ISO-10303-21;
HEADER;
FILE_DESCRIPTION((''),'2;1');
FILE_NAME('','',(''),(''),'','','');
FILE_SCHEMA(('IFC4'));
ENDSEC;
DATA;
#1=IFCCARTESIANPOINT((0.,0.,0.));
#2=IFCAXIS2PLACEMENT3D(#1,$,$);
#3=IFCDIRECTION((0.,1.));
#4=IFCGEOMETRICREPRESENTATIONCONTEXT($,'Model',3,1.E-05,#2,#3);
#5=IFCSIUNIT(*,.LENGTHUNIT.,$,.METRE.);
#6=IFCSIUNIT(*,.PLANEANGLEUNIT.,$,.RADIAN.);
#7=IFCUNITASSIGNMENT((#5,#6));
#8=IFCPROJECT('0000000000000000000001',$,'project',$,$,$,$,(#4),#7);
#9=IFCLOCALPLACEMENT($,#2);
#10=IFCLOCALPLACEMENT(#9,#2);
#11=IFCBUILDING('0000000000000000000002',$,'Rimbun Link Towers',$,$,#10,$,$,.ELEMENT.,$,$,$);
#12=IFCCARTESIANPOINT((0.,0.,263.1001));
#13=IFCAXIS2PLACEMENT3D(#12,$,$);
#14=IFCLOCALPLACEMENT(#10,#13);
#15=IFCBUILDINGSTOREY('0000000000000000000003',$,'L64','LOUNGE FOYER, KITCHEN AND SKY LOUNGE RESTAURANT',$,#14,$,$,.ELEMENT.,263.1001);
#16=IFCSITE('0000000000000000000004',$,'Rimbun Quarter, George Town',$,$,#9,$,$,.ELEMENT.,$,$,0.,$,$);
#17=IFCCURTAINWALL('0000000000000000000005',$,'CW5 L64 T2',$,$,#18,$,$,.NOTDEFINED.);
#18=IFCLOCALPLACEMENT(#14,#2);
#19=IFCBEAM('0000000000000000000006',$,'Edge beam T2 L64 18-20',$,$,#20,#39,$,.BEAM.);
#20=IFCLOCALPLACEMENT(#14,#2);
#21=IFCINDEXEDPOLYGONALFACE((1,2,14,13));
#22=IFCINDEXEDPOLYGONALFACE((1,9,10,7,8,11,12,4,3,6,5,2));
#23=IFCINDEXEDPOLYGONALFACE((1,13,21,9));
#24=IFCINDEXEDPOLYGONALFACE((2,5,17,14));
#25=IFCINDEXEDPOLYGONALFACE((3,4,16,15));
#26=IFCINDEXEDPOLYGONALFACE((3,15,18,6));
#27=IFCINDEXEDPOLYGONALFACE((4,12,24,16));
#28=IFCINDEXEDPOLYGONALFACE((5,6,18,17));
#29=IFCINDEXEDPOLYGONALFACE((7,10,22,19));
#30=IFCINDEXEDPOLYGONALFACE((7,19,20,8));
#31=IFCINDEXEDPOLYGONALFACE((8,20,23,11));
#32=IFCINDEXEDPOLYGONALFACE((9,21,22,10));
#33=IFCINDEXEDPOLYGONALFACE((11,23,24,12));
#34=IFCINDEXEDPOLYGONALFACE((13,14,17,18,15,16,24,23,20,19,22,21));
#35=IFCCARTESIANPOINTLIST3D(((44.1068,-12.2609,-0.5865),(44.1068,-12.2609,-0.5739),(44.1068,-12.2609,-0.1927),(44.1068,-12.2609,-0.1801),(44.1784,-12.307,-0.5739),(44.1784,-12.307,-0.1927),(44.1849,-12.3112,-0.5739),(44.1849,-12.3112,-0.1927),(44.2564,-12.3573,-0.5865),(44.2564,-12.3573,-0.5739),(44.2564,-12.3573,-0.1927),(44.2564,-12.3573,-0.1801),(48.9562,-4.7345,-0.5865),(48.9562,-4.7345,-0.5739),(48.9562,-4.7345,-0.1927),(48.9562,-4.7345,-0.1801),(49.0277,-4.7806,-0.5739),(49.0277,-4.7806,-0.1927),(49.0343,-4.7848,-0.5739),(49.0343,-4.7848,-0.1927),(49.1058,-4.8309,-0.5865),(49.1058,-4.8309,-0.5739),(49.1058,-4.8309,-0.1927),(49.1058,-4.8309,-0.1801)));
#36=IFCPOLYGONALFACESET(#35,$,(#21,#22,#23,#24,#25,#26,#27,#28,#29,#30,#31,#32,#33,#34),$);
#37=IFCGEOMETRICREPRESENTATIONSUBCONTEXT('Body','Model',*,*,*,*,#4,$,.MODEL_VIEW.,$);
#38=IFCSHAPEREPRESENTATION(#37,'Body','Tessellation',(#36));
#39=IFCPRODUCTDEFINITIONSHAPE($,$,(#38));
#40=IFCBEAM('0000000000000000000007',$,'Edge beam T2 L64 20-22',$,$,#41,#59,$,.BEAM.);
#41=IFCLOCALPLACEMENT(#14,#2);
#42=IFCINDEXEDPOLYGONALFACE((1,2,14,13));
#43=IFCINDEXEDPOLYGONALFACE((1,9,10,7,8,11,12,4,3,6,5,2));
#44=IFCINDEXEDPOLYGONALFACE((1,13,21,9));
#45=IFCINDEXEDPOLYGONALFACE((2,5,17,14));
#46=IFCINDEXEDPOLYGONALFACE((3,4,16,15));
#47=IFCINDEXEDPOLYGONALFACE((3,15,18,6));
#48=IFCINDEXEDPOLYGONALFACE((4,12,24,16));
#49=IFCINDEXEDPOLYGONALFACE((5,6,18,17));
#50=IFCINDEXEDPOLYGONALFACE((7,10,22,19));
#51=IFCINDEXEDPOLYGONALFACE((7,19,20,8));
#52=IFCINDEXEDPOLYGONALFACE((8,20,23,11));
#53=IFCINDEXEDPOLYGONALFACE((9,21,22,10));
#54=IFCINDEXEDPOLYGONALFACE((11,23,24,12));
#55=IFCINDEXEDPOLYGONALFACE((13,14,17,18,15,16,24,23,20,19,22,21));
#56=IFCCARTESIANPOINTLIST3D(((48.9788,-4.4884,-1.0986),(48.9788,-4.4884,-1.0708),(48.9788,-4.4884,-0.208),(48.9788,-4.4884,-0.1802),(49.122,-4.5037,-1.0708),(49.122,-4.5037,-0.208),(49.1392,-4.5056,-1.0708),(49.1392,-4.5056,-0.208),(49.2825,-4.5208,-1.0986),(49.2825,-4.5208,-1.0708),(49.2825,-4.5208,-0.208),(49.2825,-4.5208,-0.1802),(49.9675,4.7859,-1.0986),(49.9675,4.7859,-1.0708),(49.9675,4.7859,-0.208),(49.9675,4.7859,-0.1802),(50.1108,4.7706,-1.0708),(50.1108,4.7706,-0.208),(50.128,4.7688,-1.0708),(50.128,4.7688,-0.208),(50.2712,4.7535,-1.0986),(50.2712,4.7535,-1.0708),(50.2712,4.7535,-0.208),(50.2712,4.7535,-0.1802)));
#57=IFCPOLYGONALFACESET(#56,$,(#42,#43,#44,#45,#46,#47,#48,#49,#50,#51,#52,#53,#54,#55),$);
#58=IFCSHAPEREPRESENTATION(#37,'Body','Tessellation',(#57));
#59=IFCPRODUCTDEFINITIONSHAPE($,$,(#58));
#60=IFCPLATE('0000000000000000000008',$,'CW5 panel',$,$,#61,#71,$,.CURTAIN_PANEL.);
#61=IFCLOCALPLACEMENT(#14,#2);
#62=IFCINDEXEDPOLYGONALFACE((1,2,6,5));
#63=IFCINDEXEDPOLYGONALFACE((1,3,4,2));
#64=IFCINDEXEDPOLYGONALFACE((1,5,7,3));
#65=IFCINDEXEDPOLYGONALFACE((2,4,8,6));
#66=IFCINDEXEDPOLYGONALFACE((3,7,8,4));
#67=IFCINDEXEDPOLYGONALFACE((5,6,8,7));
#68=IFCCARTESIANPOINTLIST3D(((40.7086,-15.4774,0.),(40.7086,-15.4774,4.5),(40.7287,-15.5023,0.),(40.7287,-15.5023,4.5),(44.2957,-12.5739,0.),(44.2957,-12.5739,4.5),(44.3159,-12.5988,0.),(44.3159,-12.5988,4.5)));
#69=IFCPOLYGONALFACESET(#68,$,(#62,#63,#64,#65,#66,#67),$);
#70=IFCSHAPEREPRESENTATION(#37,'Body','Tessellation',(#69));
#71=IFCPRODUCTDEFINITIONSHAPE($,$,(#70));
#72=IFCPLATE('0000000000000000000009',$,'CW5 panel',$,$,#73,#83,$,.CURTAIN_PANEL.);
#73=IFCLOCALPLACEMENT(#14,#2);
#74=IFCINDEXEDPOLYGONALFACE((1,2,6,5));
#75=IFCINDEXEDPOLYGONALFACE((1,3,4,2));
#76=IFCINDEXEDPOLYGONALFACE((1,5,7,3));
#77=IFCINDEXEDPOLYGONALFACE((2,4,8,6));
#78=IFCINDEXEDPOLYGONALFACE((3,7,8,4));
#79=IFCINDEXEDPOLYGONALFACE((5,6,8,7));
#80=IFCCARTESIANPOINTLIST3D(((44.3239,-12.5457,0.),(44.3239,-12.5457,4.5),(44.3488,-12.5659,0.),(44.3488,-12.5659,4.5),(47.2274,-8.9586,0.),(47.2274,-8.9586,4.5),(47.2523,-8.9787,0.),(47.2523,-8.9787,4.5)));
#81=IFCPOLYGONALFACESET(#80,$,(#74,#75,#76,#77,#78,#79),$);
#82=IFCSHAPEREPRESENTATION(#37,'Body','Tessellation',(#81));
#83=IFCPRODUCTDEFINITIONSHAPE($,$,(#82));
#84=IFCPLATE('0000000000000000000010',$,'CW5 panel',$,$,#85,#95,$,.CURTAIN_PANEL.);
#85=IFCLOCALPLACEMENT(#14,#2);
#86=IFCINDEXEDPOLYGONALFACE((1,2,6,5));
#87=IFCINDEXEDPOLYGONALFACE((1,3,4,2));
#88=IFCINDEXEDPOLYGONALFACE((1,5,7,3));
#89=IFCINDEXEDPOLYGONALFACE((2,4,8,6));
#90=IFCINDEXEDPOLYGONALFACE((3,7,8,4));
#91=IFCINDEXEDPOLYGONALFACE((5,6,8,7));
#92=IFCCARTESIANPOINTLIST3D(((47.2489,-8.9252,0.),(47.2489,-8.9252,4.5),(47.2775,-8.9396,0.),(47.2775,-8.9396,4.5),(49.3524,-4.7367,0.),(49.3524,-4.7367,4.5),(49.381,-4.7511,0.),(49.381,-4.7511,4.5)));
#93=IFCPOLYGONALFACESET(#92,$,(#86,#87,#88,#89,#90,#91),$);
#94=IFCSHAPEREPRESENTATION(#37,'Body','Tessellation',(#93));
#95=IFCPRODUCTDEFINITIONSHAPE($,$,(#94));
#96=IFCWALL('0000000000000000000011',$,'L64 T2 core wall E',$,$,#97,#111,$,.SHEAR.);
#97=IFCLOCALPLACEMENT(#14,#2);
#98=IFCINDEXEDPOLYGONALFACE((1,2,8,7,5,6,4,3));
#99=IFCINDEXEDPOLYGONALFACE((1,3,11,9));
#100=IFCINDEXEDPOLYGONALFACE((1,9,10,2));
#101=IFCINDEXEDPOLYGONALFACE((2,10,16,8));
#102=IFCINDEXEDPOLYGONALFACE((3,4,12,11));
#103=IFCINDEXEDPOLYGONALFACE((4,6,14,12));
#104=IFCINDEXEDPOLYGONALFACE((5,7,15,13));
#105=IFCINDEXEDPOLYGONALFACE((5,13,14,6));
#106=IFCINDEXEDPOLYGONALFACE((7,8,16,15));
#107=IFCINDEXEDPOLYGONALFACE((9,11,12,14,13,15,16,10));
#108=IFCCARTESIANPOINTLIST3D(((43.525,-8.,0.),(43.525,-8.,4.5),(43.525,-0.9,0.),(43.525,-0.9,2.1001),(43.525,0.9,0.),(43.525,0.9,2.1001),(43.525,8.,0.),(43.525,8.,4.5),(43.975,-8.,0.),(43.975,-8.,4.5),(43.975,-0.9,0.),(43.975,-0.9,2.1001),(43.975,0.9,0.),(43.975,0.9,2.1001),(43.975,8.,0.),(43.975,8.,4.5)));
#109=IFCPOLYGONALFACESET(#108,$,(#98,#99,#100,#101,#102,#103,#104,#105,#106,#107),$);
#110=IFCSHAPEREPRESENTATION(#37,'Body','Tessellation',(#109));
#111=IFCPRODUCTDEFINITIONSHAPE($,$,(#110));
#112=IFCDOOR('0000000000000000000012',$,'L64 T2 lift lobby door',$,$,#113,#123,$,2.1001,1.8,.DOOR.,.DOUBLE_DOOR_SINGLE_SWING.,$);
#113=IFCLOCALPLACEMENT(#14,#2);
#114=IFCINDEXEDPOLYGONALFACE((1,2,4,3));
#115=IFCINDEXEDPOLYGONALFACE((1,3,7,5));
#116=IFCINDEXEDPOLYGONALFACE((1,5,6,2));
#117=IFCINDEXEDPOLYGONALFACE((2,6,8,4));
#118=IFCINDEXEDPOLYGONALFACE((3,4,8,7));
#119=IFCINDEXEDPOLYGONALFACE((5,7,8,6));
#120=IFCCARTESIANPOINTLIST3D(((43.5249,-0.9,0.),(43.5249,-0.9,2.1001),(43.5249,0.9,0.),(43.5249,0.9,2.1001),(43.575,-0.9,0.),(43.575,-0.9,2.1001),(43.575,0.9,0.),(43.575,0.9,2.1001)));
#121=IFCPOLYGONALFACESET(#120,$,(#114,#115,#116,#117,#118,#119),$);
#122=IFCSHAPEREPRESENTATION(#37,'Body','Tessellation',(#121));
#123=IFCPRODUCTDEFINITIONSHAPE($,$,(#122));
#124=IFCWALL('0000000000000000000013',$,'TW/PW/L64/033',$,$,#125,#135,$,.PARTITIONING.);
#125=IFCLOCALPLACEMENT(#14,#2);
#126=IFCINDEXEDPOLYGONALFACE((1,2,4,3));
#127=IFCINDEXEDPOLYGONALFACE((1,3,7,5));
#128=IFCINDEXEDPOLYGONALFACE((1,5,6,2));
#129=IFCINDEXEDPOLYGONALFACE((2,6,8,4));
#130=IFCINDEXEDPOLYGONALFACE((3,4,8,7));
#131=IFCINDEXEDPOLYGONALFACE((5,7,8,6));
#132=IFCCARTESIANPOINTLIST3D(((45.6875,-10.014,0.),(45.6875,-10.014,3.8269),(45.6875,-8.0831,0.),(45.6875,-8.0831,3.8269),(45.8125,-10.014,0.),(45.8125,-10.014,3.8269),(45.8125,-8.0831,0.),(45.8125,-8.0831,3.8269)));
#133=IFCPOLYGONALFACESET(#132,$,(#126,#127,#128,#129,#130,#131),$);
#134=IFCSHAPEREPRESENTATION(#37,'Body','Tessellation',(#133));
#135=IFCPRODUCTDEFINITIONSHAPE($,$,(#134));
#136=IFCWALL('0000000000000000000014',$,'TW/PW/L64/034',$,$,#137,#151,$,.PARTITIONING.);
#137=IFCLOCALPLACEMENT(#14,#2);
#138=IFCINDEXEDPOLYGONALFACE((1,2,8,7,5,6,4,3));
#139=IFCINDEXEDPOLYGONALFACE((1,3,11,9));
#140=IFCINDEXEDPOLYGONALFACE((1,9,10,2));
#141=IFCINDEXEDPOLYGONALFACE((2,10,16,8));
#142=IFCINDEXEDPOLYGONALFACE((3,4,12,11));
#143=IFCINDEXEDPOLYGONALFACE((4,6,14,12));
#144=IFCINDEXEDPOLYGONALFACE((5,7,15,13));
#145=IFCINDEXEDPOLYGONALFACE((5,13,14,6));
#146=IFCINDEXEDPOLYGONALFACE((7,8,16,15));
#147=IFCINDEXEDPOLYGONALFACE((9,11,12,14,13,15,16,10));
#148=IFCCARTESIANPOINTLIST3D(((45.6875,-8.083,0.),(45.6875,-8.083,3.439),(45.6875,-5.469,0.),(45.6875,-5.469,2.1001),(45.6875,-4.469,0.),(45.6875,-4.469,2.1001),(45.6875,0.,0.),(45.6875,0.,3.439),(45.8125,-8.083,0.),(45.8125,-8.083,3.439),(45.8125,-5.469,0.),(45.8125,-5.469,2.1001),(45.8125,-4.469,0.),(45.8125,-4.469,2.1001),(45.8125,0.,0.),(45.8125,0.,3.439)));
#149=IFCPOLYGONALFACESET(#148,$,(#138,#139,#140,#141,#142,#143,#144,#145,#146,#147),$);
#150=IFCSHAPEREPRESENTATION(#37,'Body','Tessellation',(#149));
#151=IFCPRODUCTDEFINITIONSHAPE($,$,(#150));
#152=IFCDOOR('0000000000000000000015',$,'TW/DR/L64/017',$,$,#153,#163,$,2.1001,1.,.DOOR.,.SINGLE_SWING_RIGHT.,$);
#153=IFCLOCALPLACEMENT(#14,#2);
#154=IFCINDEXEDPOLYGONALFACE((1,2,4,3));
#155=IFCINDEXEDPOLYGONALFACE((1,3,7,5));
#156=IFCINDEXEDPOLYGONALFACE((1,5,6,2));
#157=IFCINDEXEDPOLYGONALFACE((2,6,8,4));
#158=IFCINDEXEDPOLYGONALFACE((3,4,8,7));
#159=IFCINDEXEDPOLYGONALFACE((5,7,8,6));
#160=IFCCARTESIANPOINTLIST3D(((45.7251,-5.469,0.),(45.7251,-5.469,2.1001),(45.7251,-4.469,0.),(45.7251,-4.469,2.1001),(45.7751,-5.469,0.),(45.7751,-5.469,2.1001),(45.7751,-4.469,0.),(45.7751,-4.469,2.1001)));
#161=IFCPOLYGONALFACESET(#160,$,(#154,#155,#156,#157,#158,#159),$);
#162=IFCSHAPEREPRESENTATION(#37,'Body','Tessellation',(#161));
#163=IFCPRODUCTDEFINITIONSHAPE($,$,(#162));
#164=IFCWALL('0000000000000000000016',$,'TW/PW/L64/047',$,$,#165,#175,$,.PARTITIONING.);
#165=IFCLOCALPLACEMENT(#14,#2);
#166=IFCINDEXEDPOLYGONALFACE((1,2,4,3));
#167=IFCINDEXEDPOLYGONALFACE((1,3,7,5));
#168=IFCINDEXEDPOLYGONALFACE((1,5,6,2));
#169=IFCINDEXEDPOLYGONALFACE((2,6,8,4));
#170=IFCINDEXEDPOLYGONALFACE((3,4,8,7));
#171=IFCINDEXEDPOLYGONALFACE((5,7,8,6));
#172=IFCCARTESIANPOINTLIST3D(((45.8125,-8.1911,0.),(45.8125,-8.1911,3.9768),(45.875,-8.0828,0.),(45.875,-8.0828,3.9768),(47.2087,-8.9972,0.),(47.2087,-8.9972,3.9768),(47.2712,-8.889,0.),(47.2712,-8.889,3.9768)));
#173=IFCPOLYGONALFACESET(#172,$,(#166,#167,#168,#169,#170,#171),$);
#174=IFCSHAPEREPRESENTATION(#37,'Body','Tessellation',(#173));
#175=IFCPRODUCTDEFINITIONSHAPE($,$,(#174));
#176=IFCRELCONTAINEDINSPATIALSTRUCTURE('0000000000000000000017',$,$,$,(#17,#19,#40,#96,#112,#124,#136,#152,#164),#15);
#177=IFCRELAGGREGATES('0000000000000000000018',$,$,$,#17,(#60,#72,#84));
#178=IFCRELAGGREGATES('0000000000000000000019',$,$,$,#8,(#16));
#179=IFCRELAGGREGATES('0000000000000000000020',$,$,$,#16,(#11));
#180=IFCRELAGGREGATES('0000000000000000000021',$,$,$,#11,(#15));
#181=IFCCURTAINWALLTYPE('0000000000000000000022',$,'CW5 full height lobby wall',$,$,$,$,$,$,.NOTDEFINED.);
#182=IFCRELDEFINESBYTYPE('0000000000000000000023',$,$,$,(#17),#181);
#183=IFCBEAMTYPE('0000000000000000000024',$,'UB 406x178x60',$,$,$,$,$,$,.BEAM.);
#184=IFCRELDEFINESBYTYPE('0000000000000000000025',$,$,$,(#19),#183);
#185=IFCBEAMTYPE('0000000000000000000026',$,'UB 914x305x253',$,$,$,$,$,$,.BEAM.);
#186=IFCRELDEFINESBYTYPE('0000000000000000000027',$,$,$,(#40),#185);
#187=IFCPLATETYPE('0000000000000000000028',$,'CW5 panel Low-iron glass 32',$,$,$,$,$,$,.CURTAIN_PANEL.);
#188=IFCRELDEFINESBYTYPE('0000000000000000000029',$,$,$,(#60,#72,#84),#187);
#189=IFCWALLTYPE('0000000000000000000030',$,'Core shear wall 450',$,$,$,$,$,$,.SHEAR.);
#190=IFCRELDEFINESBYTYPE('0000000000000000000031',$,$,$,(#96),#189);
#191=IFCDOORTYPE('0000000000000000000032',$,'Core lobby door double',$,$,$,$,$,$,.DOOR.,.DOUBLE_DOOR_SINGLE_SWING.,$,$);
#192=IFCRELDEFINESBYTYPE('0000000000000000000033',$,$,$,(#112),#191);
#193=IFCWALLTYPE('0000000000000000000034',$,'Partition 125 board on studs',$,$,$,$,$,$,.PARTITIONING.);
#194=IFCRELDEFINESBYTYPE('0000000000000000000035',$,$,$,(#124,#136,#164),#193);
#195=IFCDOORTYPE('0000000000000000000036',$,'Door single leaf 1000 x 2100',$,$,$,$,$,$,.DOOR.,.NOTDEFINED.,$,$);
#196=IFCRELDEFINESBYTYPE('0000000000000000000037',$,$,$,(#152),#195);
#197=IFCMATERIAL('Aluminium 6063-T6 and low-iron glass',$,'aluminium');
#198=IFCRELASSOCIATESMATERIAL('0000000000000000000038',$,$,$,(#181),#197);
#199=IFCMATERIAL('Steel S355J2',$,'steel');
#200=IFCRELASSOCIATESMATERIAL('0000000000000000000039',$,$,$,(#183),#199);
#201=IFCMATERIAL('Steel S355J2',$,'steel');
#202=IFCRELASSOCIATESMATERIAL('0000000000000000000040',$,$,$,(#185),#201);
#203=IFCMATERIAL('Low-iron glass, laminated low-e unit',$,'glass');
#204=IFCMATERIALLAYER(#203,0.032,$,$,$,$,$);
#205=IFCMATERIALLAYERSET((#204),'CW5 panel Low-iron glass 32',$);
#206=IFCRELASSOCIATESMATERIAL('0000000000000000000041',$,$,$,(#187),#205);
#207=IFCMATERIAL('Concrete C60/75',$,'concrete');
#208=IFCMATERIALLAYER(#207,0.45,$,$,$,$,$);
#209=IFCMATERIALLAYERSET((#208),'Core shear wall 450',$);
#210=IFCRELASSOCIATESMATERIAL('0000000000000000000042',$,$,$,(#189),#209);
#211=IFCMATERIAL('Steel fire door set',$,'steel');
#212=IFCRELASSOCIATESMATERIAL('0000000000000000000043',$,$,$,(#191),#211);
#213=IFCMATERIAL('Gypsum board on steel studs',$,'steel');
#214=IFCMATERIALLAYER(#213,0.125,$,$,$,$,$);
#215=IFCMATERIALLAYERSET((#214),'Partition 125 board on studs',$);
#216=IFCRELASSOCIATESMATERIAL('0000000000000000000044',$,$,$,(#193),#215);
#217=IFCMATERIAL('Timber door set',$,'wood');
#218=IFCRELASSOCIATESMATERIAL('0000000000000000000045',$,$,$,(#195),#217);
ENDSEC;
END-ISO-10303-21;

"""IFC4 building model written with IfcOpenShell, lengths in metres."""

from ifc_helpers import new_model, si_unit, direction, frame, frame_2d, origin, origin_2d, place, context, subcontext, project, spatial, rectangle, i_section, extrude, material, layer, layer_set, material_profile, profile_set, type_object, element, fill, aggregate, save


model = new_model("IFC4")

# Units and contexts
model_context = context("Model", 3, precision=1e-05, world=origin(), true_north=direction((0.0, 1.0)))
body_context = subcontext(model_context, "Body", "Model", "MODEL_VIEW")
ifc_project = project(units=[si_unit("LENGTHUNIT", "METRE"), si_unit("PLANEANGLEUNIT", "RADIAN")], contexts=[model_context])

# Site, building, storey
site_placement = place(None, origin())
site = spatial("IfcSite", under=ifc_project, at=site_placement, Name="Rimbun Quarter, George Town", CompositionType="ELEMENT", RefElevation=0.0)
building_placement = place(site_placement, origin())
building = spatial("IfcBuilding", under=site, at=building_placement, Name="Rimbun Link Towers", CompositionType="ELEMENT")
storey_placement = place(building_placement, frame((0.0, 0.0, 263.1001)))
storey = spatial("IfcBuildingStorey", under=building, at=storey_placement, Name="L64", Description="LOUNGE FOYER, KITCHEN AND SKY LOUNGE RESTAURANT", CompositionType="ELEMENT", Elevation=263.1001)

# Curtain wall
ifc_material_1 = material(Name="Aluminium 6063-T6 and low-iron glass", Category="aluminium")
curtain_wall_type = type_object("IfcCurtainWallType", Name="CW5 full height lobby wall", PredefinedType="NOTDEFINED", material=ifc_material_1)
curtain_wall_placement = place(storey_placement, origin())
curtain_wall = element("IfcCurtainWall", 1, at=curtain_wall_placement, inside=storey, type_object=curtain_wall_type, Name="CW5 L64 T2", PredefinedType="NOTDEFINED")

# Beams
ifc_material_2 = material(Name="Steel S355J2", Category="steel")
ifc_material_profile_1 = material_profile(ifc_material_2, i_section(OverallWidth=0.178, OverallDepth=0.4065, WebThickness=0.0078, FlangeThickness=0.0127, at=origin_2d()), Name="UB 406x178x60")
ifc_profile_set_1 = profile_set([ifc_material_profile_1], Name="Steel S355J2")
beam_type_1 = type_object("IfcBeamType", Name="UB 406x178x60", PredefinedType="BEAM", material=ifc_profile_set_1)
beam_1_placement = place(storey_placement, frame((44.1816, -12.3091, -0.3833), z_axis=(0.541626, 0.84062, 0.0), x_axis=(-0.84062, 0.541626, 0.0)))
element("IfcBeam", 2, at=beam_1_placement, inside=storey, type_object=beam_type_1, Name="Edge beam T2 L64 18-20", PredefinedType="BEAM", context=body_context, shape_type="SweptSolid", body=[
    extrude(i_section(OverallWidth=0.178, OverallDepth=0.4065, WebThickness=0.0078, FlangeThickness=0.0127, at=origin_2d()), origin(), (0.0, 0.0, 1.0), 8.9534),
])
ifc_material_3 = material(Name="Steel S355J2", Category="steel")
ifc_material_profile_2 = material_profile(ifc_material_3, i_section(OverallWidth=0.3054, OverallDepth=0.9185, WebThickness=0.0173, FlangeThickness=0.0278, at=origin_2d()), Name="UB 914x305x253")
ifc_profile_set_2 = profile_set([ifc_material_profile_2], Name="Steel S355J2")
beam_type_2 = type_object("IfcBeamType", Name="UB 914x305x253", PredefinedType="BEAM", material=ifc_profile_set_2)
beam_2_placement = place(storey_placement, frame((49.1306, -4.5046, -0.6394), z_axis=(0.106012, 0.994365, 0.0), x_axis=(-0.994365, 0.106012, 0.0)))
element("IfcBeam", 3, at=beam_2_placement, inside=storey, type_object=beam_type_2, Name="Edge beam T2 L64 20-22", PredefinedType="BEAM", context=body_context, shape_type="SweptSolid", body=[
    extrude(i_section(OverallWidth=0.3054, OverallDepth=0.9185, WebThickness=0.0173, FlangeThickness=0.0278, at=origin_2d()), origin(), (0.0, 0.0, 1.0), 9.3269),
])

# Plates
ifc_material_4 = material(Name="Low-iron glass, laminated low-e unit", Category="glass")
ifc_layer_1 = layer(ifc_material_4, 0.032)
ifc_layer_set_1 = layer_set([ifc_layer_1], Name="CW5 panel Low-iron glass 32")
plate_type = type_object("IfcPlateType", Name="CW5 panel Low-iron glass 32", PredefinedType="CURTAIN_PANEL", material=ifc_layer_set_1)
plate_1_placement = place(storey_placement, frame((42.5122, -14.0381, 0.0), z_axis=(0.0, 0.0, 1.0), x_axis=(-0.777289, -0.629144, 0.0)))
plate_1 = element("IfcPlate", 4, at=plate_1_placement, type_object=plate_type, Name="CW5 panel", PredefinedType="CURTAIN_PANEL", context=body_context, shape_type="SweptSolid", body=[
    extrude(rectangle(XDim=4.615, YDim=0.032, at=origin_2d()), origin(), (0.0, 0.0, 1.0), 4.5),
])
plate_2_placement = place(storey_placement, frame((45.7881, -10.7622, 0.0), z_axis=(0.0, 0.0, 1.0), x_axis=(-0.629144, -0.777289, 0.0)))
plate_2 = element("IfcPlate", 5, at=plate_2_placement, type_object=plate_type, Name="CW5 panel", PredefinedType="CURTAIN_PANEL", context=body_context, shape_type="SweptSolid", body=[
    extrude(rectangle(XDim=4.615, YDim=0.032, at=origin_2d()), origin(), (0.0, 0.0, 1.0), 4.5),
])
plate_3_placement = place(storey_placement, frame((48.3149, -6.8381, 0.0), z_axis=(0.0, 0.0, 1.0), x_axis=(-0.448787, -0.893639, 0.0)))
plate_3 = element("IfcPlate", 6, at=plate_3_placement, type_object=plate_type, Name="CW5 panel", PredefinedType="CURTAIN_PANEL", context=body_context, shape_type="SweptSolid", body=[
    extrude(rectangle(XDim=4.687, YDim=0.032, at=origin_2d()), origin(), (0.0, 0.0, 1.0), 4.5),
])
aggregate(curtain_wall, [plate_1, plate_2, plate_3])

# Wall, opening, door
ifc_material_5 = material(Name="Concrete C60/75", Category="concrete")
ifc_layer_2 = layer(ifc_material_5, 0.45)
ifc_layer_set_2 = layer_set([ifc_layer_2], Name="Core shear wall 450")
wall_type_1 = type_object("IfcWallType", Name="Core shear wall 450", PredefinedType="SHEAR", material=ifc_layer_set_2)
wall_1_placement = place(storey_placement, frame((43.75, -8.0, 0.0), z_axis=(0.0, 0.0, 1.0), x_axis=(0.0, 1.0, 0.0)))
wall_1 = element("IfcWall", 7, at=wall_1_placement, inside=storey, type_object=wall_type_1, Name="L64 T2 core wall E", PredefinedType="SHEAR", context=body_context, shape_type="SweptSolid", body=[
    extrude(rectangle(XDim=16.0, YDim=0.45, at=frame_2d((8.0, 0.0))), origin(), (0.0, 0.0, 1.0), 4.5),
])
opening_1_placement = place(wall_1_placement, frame((7.1001, 0.0, 0.0)))
opening_1 = element("IfcOpeningElement", 8, at=opening_1_placement, cuts=wall_1, PredefinedType="OPENING", context=body_context, shape_type="SweptSolid", body=[
    extrude(rectangle(XDim=1.8, YDim=2.1001, at=frame_2d((0.8999, 1.05))), frame((0.0, 0.2349, 0.0), z_axis=(0.0, -1.0, 0.0), x_axis=(1.0, 0.0, 0.0)), (0.0, 0.0, 1.0), 0.47),
])
ifc_material_6 = material(Name="Steel fire door set", Category="steel")
door_type_1 = type_object("IfcDoorType", Name="Core lobby door double", OperationType="DOUBLE_DOOR_SINGLE_SWING", PredefinedType="DOOR", material=ifc_material_6)
door_1_placement = place(opening_1_placement, origin())
door_1 = element("IfcDoor", 9, at=door_1_placement, inside=storey, type_object=door_type_1, Name="L64 T2 lift lobby door", OperationType="DOUBLE_DOOR_SINGLE_SWING", OverallHeight=2.1001, OverallWidth=1.8, PredefinedType="DOOR", context=body_context, shape_type="SweptSolid", body=[
    extrude(rectangle(XDim=1.8, YDim=2.1001, at=frame_2d((0.8999, 1.05))), frame((0.0, 0.2251, 0.0), z_axis=(0.0, -1.0, 0.0), x_axis=(1.0, 0.0, 0.0)), (0.0, 0.0, 1.0), 0.05),
])
fill(opening_1, door_1)

# Wall
ifc_material_7 = material(Name="Gypsum board on steel studs", Category="steel")
ifc_layer_3 = layer(ifc_material_7, 0.125)
ifc_layer_set_3 = layer_set([ifc_layer_3], Name="Partition 125 board on studs")
wall_type_2 = type_object("IfcWallType", Name="Partition 125 board on studs", PredefinedType="PARTITIONING", material=ifc_layer_set_3)
wall_2_placement = place(storey_placement, frame((45.75, -10.0139, 0.0), z_axis=(0.0, 0.0, 1.0), x_axis=(0.0, 1.0, 0.0)))
element("IfcWall", 10, at=wall_2_placement, inside=storey, type_object=wall_type_2, Name="TW/PW/L64/033", PredefinedType="PARTITIONING", context=body_context, shape_type="SweptSolid", body=[
    extrude(rectangle(XDim=1.9309, YDim=0.125, at=frame_2d((0.9653, 0.0))), origin(), (0.0, 0.0, 1.0), 3.8269),
])

# Wall, opening, door
wall_3_placement = place(storey_placement, frame((45.75, -8.083, 0.0), z_axis=(0.0, 0.0, 1.0), x_axis=(0.0, 1.0, 0.0)))
wall_3 = element("IfcWall", 11, at=wall_3_placement, inside=storey, type_object=wall_type_2, Name="TW/PW/L64/034", PredefinedType="PARTITIONING", context=body_context, shape_type="SweptSolid", body=[
    extrude(rectangle(XDim=8.083, YDim=0.125, at=frame_2d((4.0415, 0.0))), origin(), (0.0, 0.0, 1.0), 3.439),
])
opening_2_placement = place(wall_3_placement, frame((2.614, 0.0, 0.0)))
opening_2 = element("IfcOpeningElement", 12, at=opening_2_placement, cuts=wall_3, PredefinedType="OPENING", context=body_context, shape_type="SweptSolid", body=[
    extrude(rectangle(XDim=1.0, YDim=2.1001, at=frame_2d((0.5, 1.05))), frame((0.0, 0.0725, 0.0), z_axis=(0.0, -1.0, 0.0), x_axis=(1.0, 0.0, 0.0)), (0.0, 0.0, 1.0), 0.145),
])
ifc_material_8 = material(Name="Timber door set", Category="wood")
door_type_2 = type_object("IfcDoorType", Name="Door single leaf 1000 x 2100", OperationType="NOTDEFINED", PredefinedType="DOOR", material=ifc_material_8)
door_2_placement = place(opening_2_placement, origin())
door_2 = element("IfcDoor", 13, at=door_2_placement, inside=storey, type_object=door_type_2, Name="TW/DR/L64/017", OperationType="SINGLE_SWING_RIGHT", OverallHeight=2.1001, OverallWidth=1.0, PredefinedType="DOOR", context=body_context, shape_type="SweptSolid", body=[
    extrude(rectangle(XDim=1.0, YDim=2.1001, at=frame_2d((0.5, 1.05))), frame((0.0, 0.0249, 0.0), z_axis=(0.0, -1.0, 0.0), x_axis=(1.0, 0.0, 0.0)), (0.0, 0.0, 1.0), 0.05),
])
fill(opening_2, door_2)

# Wall
wall_4_placement = place(storey_placement, frame((47.24, -8.9431, 0.0), z_axis=(0.0, 0.0, 1.0), x_axis=(-0.866017, 0.500015, 0.0)))
element("IfcWall", 14, at=wall_4_placement, inside=storey, type_object=wall_type_2, Name="TW/PW/L64/047", PredefinedType="PARTITIONING", context=body_context, shape_type="SweptSolid", body=[
    extrude(rectangle(XDim=1.6123, YDim=0.125, at=frame_2d((0.8062, 0.0))), origin(), (0.0, 0.0, 1.0), 3.9768),
])

save(model, "model.ifc")
